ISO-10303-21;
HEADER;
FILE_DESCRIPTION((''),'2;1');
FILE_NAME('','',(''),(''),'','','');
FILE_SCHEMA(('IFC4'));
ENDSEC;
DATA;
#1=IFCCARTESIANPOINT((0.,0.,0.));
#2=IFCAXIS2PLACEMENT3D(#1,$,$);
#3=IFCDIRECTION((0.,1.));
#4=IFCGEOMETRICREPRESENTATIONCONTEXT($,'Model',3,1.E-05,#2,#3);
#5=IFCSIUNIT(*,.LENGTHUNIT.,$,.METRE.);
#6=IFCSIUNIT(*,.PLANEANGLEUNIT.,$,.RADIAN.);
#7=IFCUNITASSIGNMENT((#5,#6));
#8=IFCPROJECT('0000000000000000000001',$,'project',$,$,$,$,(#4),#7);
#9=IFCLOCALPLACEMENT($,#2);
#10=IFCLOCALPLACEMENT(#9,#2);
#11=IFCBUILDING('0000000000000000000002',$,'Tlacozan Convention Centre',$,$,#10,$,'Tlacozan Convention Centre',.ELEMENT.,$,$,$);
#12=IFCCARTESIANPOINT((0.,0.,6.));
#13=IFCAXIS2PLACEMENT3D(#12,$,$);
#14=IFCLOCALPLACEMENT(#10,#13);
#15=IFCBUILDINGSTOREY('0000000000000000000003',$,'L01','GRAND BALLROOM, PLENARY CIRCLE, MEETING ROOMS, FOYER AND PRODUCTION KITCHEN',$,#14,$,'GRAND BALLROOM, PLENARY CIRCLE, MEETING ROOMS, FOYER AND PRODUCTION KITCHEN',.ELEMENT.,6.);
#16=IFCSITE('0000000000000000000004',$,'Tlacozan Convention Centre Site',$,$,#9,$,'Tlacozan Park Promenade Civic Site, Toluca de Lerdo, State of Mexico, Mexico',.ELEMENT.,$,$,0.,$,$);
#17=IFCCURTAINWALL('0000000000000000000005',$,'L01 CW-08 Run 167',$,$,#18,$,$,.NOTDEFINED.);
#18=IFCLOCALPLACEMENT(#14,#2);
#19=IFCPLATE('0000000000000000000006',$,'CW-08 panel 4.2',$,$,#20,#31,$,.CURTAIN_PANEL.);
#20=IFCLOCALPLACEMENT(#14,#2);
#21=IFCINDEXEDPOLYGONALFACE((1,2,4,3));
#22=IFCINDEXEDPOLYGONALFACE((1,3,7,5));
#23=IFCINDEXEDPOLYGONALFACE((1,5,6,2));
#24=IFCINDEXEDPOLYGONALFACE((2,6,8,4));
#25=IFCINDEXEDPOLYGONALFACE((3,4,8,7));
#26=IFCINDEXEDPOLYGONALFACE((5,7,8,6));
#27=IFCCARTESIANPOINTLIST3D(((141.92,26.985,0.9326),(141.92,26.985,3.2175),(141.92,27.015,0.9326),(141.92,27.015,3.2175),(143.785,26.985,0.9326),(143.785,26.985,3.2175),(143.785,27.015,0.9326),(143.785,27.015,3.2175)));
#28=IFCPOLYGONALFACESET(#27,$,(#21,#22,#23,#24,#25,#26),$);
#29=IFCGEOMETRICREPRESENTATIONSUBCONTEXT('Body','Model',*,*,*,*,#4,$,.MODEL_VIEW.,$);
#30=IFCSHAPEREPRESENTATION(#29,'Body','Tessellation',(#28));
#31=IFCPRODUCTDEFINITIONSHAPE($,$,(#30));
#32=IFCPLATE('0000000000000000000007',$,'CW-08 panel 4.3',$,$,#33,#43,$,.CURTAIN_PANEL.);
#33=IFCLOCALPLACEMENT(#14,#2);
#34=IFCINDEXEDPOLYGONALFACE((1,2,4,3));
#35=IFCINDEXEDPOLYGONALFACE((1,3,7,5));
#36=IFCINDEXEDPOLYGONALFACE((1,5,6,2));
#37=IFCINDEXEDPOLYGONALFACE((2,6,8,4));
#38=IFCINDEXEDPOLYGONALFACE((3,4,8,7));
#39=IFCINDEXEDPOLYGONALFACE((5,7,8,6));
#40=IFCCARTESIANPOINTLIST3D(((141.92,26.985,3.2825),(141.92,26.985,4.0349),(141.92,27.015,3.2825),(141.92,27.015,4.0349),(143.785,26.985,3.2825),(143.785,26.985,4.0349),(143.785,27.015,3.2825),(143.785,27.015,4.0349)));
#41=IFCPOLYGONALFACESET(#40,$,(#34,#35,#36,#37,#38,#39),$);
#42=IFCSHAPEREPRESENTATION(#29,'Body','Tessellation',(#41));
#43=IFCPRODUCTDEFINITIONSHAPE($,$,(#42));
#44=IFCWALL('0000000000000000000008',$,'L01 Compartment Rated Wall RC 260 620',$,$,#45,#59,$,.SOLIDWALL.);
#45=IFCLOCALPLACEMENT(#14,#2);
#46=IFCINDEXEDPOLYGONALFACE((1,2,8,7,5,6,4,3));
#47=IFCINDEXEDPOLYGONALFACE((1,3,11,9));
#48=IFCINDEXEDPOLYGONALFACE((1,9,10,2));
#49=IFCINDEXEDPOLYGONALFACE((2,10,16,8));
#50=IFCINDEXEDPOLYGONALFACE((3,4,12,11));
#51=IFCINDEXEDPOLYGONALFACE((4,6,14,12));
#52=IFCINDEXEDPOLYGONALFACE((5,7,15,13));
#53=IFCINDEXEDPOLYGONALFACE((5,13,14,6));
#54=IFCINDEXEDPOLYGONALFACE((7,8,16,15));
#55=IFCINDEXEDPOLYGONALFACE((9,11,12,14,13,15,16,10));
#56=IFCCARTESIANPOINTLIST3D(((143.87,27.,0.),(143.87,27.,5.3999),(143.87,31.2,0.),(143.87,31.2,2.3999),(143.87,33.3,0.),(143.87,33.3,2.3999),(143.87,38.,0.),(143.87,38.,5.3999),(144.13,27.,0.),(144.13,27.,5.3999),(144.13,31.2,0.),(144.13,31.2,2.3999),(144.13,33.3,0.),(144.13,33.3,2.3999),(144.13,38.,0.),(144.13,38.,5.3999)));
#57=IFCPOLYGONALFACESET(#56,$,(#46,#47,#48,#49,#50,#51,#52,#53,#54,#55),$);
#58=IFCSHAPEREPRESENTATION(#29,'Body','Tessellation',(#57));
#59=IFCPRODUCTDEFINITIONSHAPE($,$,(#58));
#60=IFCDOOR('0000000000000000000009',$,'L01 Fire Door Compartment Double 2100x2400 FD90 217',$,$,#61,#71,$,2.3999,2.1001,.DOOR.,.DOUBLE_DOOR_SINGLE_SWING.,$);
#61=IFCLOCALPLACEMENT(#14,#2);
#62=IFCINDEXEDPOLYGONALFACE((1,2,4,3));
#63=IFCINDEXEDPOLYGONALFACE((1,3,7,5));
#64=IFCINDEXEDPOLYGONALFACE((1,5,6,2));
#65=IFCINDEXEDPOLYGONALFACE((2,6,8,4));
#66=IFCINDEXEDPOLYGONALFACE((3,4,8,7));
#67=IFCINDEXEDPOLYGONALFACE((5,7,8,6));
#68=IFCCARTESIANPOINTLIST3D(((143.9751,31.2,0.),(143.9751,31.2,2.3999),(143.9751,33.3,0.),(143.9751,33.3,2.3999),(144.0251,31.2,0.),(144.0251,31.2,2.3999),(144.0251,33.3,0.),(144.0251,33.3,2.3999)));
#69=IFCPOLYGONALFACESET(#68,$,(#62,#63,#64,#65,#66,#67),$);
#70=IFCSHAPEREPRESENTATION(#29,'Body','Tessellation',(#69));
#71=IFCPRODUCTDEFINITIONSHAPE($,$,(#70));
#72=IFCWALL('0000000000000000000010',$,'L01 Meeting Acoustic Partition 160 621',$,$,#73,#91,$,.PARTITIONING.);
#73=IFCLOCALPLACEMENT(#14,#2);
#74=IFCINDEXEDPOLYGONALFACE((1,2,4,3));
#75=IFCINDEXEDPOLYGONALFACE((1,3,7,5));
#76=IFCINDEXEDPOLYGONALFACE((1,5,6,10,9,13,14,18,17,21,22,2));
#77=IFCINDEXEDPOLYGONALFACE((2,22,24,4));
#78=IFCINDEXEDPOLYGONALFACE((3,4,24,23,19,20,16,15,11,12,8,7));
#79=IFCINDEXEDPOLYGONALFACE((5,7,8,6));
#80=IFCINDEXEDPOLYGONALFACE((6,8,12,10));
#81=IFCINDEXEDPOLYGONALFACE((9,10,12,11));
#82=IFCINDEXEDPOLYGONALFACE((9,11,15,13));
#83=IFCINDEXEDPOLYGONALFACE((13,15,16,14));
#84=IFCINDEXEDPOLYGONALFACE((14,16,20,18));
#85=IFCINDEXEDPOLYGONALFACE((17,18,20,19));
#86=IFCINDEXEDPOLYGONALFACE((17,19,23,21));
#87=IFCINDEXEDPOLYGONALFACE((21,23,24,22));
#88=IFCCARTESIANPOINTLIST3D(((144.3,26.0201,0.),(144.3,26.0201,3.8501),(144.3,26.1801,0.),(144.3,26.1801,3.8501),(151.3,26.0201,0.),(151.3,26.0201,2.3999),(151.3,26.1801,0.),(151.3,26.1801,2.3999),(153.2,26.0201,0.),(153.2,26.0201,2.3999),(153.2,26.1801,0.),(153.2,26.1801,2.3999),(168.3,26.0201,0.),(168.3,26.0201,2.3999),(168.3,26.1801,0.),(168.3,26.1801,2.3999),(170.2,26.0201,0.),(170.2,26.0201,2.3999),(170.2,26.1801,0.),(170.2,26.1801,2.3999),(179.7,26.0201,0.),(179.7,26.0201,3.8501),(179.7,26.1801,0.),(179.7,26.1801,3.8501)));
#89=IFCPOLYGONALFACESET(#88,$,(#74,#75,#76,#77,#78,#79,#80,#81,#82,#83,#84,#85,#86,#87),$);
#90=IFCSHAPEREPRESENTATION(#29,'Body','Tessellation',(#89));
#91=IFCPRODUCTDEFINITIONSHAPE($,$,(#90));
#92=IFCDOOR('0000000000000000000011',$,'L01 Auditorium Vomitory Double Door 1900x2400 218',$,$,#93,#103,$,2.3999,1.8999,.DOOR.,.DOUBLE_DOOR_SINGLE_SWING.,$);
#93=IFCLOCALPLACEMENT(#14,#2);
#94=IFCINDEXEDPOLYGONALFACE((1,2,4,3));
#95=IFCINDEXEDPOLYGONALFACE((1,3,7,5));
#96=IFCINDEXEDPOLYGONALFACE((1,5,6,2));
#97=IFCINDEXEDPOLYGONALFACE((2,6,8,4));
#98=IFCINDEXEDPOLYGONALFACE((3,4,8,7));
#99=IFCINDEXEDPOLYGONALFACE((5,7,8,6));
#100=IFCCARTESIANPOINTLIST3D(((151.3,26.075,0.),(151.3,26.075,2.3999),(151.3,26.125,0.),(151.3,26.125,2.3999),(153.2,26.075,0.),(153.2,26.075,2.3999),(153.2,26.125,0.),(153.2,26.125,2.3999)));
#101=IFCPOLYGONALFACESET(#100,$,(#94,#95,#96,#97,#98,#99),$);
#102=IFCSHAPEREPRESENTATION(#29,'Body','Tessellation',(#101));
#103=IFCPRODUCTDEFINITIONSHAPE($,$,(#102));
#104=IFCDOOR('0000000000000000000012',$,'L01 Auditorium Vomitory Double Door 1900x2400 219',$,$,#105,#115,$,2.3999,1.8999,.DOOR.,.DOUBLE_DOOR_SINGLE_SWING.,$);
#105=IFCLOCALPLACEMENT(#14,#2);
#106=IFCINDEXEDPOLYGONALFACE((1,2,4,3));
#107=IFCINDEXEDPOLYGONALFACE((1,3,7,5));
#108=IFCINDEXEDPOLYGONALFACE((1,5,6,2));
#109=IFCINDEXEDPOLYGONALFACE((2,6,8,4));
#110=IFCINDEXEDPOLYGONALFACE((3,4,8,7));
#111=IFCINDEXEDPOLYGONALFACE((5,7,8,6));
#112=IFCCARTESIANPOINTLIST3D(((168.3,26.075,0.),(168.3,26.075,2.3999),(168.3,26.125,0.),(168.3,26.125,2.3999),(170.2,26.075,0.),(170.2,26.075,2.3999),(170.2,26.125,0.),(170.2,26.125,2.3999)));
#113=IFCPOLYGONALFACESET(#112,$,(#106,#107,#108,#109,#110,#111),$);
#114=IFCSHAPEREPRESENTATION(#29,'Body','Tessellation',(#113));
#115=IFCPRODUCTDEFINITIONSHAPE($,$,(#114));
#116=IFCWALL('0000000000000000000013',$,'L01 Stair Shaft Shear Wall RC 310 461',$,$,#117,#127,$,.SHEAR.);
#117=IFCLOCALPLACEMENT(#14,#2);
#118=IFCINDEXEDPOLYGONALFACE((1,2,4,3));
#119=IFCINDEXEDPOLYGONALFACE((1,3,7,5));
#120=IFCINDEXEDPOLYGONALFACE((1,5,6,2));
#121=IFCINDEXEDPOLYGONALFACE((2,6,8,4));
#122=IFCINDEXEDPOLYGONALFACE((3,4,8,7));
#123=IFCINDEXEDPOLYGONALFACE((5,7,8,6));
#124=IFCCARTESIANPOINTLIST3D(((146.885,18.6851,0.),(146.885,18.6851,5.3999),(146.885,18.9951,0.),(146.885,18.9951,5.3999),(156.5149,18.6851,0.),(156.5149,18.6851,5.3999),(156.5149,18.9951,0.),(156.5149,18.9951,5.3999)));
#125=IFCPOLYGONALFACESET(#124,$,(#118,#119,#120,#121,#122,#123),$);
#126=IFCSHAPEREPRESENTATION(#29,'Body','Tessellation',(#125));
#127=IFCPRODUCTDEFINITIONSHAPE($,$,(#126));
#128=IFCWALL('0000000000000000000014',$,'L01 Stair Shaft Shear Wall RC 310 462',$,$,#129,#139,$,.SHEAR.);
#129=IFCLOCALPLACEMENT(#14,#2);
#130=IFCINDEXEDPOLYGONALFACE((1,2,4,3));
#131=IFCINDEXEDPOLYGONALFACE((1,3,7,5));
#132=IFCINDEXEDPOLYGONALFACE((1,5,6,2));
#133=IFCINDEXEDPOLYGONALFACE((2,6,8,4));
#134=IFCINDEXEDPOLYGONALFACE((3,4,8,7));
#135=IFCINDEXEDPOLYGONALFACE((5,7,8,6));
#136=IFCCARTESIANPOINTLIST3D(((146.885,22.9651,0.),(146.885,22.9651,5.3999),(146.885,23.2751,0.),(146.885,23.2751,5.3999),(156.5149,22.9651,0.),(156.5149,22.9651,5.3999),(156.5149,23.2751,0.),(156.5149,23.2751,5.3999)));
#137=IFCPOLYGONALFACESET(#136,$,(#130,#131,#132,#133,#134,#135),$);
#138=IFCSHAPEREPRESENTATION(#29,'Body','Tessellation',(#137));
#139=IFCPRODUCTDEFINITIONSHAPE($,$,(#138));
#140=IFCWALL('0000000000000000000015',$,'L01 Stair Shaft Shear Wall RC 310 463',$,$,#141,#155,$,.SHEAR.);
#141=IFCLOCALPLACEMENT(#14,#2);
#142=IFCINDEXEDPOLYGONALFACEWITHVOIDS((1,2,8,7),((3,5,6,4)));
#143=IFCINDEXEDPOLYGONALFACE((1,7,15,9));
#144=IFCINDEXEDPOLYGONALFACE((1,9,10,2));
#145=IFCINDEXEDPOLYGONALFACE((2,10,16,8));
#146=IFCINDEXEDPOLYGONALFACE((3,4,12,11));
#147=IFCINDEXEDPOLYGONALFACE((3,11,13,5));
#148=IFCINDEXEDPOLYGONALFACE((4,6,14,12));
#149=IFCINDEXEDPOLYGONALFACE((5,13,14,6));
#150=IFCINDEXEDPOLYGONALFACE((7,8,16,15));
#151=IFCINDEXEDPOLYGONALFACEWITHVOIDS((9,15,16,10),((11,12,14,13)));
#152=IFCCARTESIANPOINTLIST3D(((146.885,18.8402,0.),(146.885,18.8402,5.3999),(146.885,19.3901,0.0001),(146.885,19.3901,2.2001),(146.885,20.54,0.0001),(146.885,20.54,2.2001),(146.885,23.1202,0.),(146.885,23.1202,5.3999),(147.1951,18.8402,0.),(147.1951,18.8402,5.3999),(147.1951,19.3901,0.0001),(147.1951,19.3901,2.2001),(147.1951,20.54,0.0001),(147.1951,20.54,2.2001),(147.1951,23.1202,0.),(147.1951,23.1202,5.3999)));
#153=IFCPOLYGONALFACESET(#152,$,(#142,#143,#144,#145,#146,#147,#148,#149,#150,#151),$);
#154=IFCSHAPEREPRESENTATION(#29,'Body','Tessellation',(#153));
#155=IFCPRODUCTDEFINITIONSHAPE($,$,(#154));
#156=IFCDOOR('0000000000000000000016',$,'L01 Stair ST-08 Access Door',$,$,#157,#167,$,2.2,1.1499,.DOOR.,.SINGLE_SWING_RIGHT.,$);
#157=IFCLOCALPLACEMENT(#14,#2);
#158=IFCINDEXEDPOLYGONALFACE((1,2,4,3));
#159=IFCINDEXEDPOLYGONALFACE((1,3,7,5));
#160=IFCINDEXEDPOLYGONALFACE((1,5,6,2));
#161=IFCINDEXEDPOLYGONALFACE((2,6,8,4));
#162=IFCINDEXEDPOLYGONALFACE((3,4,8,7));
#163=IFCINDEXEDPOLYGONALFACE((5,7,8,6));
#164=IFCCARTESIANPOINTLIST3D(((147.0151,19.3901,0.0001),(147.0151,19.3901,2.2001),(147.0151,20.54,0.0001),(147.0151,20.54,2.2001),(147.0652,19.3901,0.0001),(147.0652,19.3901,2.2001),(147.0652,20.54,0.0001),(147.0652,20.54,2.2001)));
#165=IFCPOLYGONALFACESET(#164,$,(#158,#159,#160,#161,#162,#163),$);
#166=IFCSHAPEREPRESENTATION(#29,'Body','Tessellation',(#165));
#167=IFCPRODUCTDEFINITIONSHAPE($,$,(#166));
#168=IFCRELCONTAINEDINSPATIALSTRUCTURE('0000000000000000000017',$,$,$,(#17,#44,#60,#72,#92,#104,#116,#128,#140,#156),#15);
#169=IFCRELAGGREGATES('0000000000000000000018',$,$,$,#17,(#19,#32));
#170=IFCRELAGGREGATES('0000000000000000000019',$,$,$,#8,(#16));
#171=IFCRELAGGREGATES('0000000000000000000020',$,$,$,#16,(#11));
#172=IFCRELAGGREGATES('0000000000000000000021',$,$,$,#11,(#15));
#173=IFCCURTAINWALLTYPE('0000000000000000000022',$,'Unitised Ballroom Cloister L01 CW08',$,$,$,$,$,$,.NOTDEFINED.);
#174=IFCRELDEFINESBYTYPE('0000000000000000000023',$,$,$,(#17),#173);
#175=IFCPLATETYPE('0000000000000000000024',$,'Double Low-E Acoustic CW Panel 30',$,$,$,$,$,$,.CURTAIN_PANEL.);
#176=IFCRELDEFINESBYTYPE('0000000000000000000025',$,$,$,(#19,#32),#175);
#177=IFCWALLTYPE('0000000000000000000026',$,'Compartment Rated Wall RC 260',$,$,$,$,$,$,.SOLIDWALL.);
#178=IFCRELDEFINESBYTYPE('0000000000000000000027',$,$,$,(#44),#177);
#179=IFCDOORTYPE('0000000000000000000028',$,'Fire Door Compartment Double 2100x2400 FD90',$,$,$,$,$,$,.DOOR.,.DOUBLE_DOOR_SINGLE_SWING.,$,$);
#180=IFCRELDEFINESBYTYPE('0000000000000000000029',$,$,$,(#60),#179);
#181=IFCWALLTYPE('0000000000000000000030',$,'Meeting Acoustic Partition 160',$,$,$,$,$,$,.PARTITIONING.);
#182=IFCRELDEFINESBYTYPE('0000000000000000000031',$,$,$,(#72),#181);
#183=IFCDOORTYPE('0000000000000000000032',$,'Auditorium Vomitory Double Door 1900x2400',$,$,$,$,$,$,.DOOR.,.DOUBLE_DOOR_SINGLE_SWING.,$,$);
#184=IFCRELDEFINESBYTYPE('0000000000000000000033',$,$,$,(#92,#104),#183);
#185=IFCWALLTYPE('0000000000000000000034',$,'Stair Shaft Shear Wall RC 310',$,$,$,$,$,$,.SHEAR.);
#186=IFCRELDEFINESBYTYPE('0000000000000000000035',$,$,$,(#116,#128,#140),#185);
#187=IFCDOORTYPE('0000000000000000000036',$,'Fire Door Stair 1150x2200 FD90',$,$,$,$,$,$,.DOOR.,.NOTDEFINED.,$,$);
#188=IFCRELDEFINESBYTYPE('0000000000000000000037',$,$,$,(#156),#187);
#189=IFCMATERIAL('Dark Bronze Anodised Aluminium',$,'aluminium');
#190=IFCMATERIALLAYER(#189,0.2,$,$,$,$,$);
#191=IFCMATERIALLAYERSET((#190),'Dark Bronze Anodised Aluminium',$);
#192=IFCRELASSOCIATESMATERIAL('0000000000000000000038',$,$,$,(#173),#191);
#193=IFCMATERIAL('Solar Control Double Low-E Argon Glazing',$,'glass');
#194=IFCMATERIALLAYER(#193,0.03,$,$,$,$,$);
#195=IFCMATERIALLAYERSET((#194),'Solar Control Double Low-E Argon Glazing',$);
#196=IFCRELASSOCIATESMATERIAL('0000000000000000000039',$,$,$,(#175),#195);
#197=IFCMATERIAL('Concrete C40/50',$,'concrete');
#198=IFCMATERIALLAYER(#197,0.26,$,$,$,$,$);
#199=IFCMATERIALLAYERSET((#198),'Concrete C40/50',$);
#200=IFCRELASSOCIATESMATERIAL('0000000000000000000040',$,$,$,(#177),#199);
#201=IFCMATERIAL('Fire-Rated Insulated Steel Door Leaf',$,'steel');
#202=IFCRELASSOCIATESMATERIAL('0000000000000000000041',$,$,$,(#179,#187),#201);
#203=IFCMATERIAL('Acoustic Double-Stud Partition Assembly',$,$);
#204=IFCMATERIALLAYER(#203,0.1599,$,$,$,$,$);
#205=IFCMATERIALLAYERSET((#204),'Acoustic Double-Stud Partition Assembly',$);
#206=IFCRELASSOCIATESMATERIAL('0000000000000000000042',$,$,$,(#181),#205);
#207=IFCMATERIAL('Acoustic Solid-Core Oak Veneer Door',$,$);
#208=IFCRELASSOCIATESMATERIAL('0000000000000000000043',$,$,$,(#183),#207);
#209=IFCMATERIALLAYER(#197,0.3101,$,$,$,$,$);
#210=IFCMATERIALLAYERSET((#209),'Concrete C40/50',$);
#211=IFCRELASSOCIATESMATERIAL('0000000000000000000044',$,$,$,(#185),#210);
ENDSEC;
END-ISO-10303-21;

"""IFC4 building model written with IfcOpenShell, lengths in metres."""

from ifc_helpers import new_model, si_unit, direction, frame, frame_2d, origin, origin_2d, place, context, subcontext, project, spatial, rectangle, extrude, material, layer, layer_set, type_object, element, fill, aggregate, save


model = new_model("IFC4")

# Units and contexts
model_context = context("Model", 3, precision=1e-05, world=origin(), true_north=direction((0.0, 1.0)))
body_context = subcontext(model_context, "Body", "Model", "MODEL_VIEW")
ifc_project = project(units=[si_unit("LENGTHUNIT", "METRE"), si_unit("PLANEANGLEUNIT", "RADIAN")], contexts=[model_context])

# Site, building, storey
site_placement = place(None, origin())
site = spatial("IfcSite", under=ifc_project, at=site_placement, Name="Tlacozan Convention Centre Site", LongName="Tlacozan Park Promenade Civic Site, Toluca de Lerdo, State of Mexico, Mexico", CompositionType="ELEMENT", RefElevation=0.0)
building_placement = place(site_placement, origin())
building = spatial("IfcBuilding", under=site, at=building_placement, Name="Tlacozan Convention Centre", LongName="Tlacozan Convention Centre", CompositionType="ELEMENT")
storey_placement = place(building_placement, frame((0.0, 0.0, 6.0)))
storey = spatial("IfcBuildingStorey", under=building, at=storey_placement, Name="L01", Description="GRAND BALLROOM, PLENARY CIRCLE, MEETING ROOMS, FOYER AND PRODUCTION KITCHEN", LongName="GRAND BALLROOM, PLENARY CIRCLE, MEETING ROOMS, FOYER AND PRODUCTION KITCHEN", CompositionType="ELEMENT", Elevation=6.0)

# Shared definitions
ifc_material_1 = material(Name="Concrete C40/50", Category="concrete")

# Curtain wall
ifc_material_2 = material(Name="Dark Bronze Anodised Aluminium", Category="aluminium")
ifc_layer_1 = layer(ifc_material_2, 0.2)
ifc_layer_set_1 = layer_set([ifc_layer_1], Name="Dark Bronze Anodised Aluminium")
curtain_wall_type = type_object("IfcCurtainWallType", Name="Unitised Ballroom Cloister L01 CW08", PredefinedType="NOTDEFINED", material=ifc_layer_set_1)
curtain_wall_placement = place(storey_placement, origin())
curtain_wall = element("IfcCurtainWall", 1, at=curtain_wall_placement, inside=storey, type_object=curtain_wall_type, Name="L01 CW-08 Run 167", PredefinedType="NOTDEFINED")

# Plates
ifc_material_3 = material(Name="Solar Control Double Low-E Argon Glazing", Category="glass")
ifc_layer_2 = layer(ifc_material_3, 0.03)
ifc_layer_set_2 = layer_set([ifc_layer_2], Name="Solar Control Double Low-E Argon Glazing")
plate_type = type_object("IfcPlateType", Name="Double Low-E Acoustic CW Panel 30", PredefinedType="CURTAIN_PANEL", material=ifc_layer_set_2)
plate_1_placement = place(storey_placement, frame((142.8525, 27.0, 0.9326), z_axis=(0.0, 0.0, 1.0), x_axis=(1.0, 0.0, 0.0)))
plate_1 = element("IfcPlate", 2, at=plate_1_placement, type_object=plate_type, Name="CW-08 panel 4.2", PredefinedType="CURTAIN_PANEL", context=body_context, shape_type="SweptSolid", body=[
    extrude(rectangle(XDim=1.865, YDim=0.03, at=origin_2d()), origin(), (0.0, 0.0, 1.0), 2.2849),
])
plate_2_placement = place(storey_placement, frame((142.8525, 27.0, 3.2825), z_axis=(0.0, 0.0, 1.0), x_axis=(1.0, 0.0, 0.0)))
plate_2 = element("IfcPlate", 3, at=plate_2_placement, type_object=plate_type, Name="CW-08 panel 4.3", PredefinedType="CURTAIN_PANEL", context=body_context, shape_type="SweptSolid", body=[
    extrude(rectangle(XDim=1.865, YDim=0.03, at=origin_2d()), origin(), (0.0, 0.0, 1.0), 0.7524),
])
aggregate(curtain_wall, [plate_1, plate_2])

# Wall, opening, door
ifc_layer_3 = layer(ifc_material_1, 0.26)
ifc_layer_set_3 = layer_set([ifc_layer_3], Name="Concrete C40/50")
wall_type_1 = type_object("IfcWallType", Name="Compartment Rated Wall RC 260", PredefinedType="SOLIDWALL", material=ifc_layer_set_3)
wall_1_placement = place(storey_placement, frame((144.0, 27.0, 0.0), z_axis=(0.0, 0.0, 1.0), x_axis=(0.0, 1.0, 0.0)))
wall_1 = element("IfcWall", 4, at=wall_1_placement, inside=storey, type_object=wall_type_1, Name="L01 Compartment Rated Wall RC 260 620", PredefinedType="SOLIDWALL", context=body_context, shape_type="SweptSolid", body=[
    extrude(rectangle(XDim=11.0, YDim=0.26, at=frame_2d((5.5, 0.0))), origin(), (0.0, 0.0, 1.0), 5.3999),
])
opening_1_placement = place(wall_1_placement, frame((4.2, 0.0, 0.0)))
opening_1 = element("IfcOpeningElement", 5, at=opening_1_placement, cuts=wall_1, PredefinedType="OPENING", context=body_context, shape_type="SweptSolid", body=[
    extrude(rectangle(XDim=2.1001, YDim=2.3999, at=frame_2d((1.05, 1.2))), frame((0.0, 0.1399, 0.0), z_axis=(0.0, -1.0, 0.0), x_axis=(1.0, 0.0, 0.0)), (0.0, 0.0, 1.0), 0.28),
])
ifc_material_4 = material(Name="Fire-Rated Insulated Steel Door Leaf", Category="steel")
door_type_1 = type_object("IfcDoorType", Name="Fire Door Compartment Double 2100x2400 FD90", OperationType="DOUBLE_DOOR_SINGLE_SWING", PredefinedType="DOOR", material=ifc_material_4)
door_1_placement = place(opening_1_placement, origin())
door_1 = element("IfcDoor", 6, at=door_1_placement, inside=storey, type_object=door_type_1, Name="L01 Fire Door Compartment Double 2100x2400 FD90 217", OperationType="DOUBLE_DOOR_SINGLE_SWING", OverallHeight=2.3999, OverallWidth=2.1001, PredefinedType="DOOR", context=body_context, shape_type="SweptSolid", body=[
    extrude(rectangle(XDim=2.1001, YDim=2.3999, at=frame_2d((1.05, 1.2))), frame((0.0, 0.0249, 0.0), z_axis=(0.0, -1.0, 0.0), x_axis=(1.0, 0.0, 0.0)), (0.0, 0.0, 1.0), 0.05),
])
fill(opening_1, door_1)

# Wall, openings, doors
ifc_material_5 = material(Name="Acoustic Double-Stud Partition Assembly")
ifc_layer_4 = layer(ifc_material_5, 0.1599)
ifc_layer_set_4 = layer_set([ifc_layer_4], Name="Acoustic Double-Stud Partition Assembly")
wall_type_2 = type_object("IfcWallType", Name="Meeting Acoustic Partition 160", PredefinedType="PARTITIONING", material=ifc_layer_set_4)
wall_2_placement = place(storey_placement, frame((144.3, 26.1001, 0.0), z_axis=(0.0, 0.0, 1.0), x_axis=(1.0, 0.0, 0.0)))
wall_2 = element("IfcWall", 7, at=wall_2_placement, inside=storey, type_object=wall_type_2, Name="L01 Meeting Acoustic Partition 160 621", PredefinedType="PARTITIONING", context=body_context, shape_type="SweptSolid", body=[
    extrude(rectangle(XDim=35.3999, YDim=0.1599, at=frame_2d((17.7, 0.0))), origin(), (0.0, 0.0, 1.0), 3.8501),
])
opening_2_placement = place(wall_2_placement, frame((7.0, 0.0, 0.0)))
opening_2 = element("IfcOpeningElement", 8, at=opening_2_placement, cuts=wall_2, PredefinedType="OPENING", context=body_context, shape_type="SweptSolid", body=[
    extrude(rectangle(XDim=1.8999, YDim=2.3999, at=frame_2d((0.95, 1.2))), frame((0.0, 0.0898, 0.0), z_axis=(0.0, -1.0, 0.0), x_axis=(1.0, 0.0, 0.0)), (0.0, 0.0, 1.0), 0.1799),
])
opening_3_placement = place(wall_2_placement, frame((24.0, 0.0, 0.0)))
opening_3 = element("IfcOpeningElement", 9, at=opening_3_placement, cuts=wall_2, PredefinedType="OPENING", context=body_context, shape_type="SweptSolid", body=[
    extrude(rectangle(XDim=1.8999, YDim=2.3999, at=frame_2d((0.95, 1.2))), frame((0.0, 0.0898, 0.0), z_axis=(0.0, -1.0, 0.0), x_axis=(1.0, 0.0, 0.0)), (0.0, 0.0, 1.0), 0.1799),
])
ifc_material_6 = material(Name="Acoustic Solid-Core Oak Veneer Door")
door_type_2 = type_object("IfcDoorType", Name="Auditorium Vomitory Double Door 1900x2400", OperationType="DOUBLE_DOOR_SINGLE_SWING", PredefinedType="DOOR", material=ifc_material_6)
door_2_placement = place(opening_2_placement, origin())
door_2 = element("IfcDoor", 10, at=door_2_placement, inside=storey, type_object=door_type_2, Name="L01 Auditorium Vomitory Double Door 1900x2400 218", OperationType="DOUBLE_DOOR_SINGLE_SWING", OverallHeight=2.3999, OverallWidth=1.8999, PredefinedType="DOOR", context=body_context, shape_type="SweptSolid", body=[
    extrude(rectangle(XDim=1.8999, YDim=2.3999, at=frame_2d((0.95, 1.2))), frame((0.0, 0.0249, 0.0), z_axis=(0.0, -1.0, 0.0), x_axis=(1.0, 0.0, 0.0)), (0.0, 0.0, 1.0), 0.05),
])
fill(opening_2, door_2)
door_3_placement = place(opening_3_placement, origin())
door_3 = element("IfcDoor", 11, at=door_3_placement, inside=storey, type_object=door_type_2, Name="L01 Auditorium Vomitory Double Door 1900x2400 219", OperationType="DOUBLE_DOOR_SINGLE_SWING", OverallHeight=2.3999, OverallWidth=1.8999, PredefinedType="DOOR", context=body_context, shape_type="SweptSolid", body=[
    extrude(rectangle(XDim=1.8999, YDim=2.3999, at=frame_2d((0.95, 1.2))), frame((0.0, 0.0249, 0.0), z_axis=(0.0, -1.0, 0.0), x_axis=(1.0, 0.0, 0.0)), (0.0, 0.0, 1.0), 0.05),
])
fill(opening_3, door_3)

# Walls
ifc_layer_5 = layer(ifc_material_1, 0.3101)
ifc_layer_set_5 = layer_set([ifc_layer_5], Name="Concrete C40/50")
wall_type_3 = type_object("IfcWallType", Name="Stair Shaft Shear Wall RC 310", PredefinedType="SHEAR", material=ifc_layer_set_5)
for number, where, z_axis, x_axis, name in (
    (12, (146.885, 18.8401, 0.0), (0.0, 0.0, 1.0), (1.0, 0.0, 0.0), "L01 Stair Shaft Shear Wall RC 310 461"),
    (13, (146.885, 23.1201, 0.0), (0.0, 0.0, 1.0), (1.0, 0.0, 0.0), "L01 Stair Shaft Shear Wall RC 310 462"),
):
    element("IfcWall", number, at=place(storey_placement, frame(where, z_axis=z_axis, x_axis=x_axis)), inside=storey, type_object=wall_type_3, Name=name, PredefinedType="SHEAR", context=body_context, shape_type="SweptSolid", body=[
        extrude(rectangle(XDim=9.6299, YDim=0.3101, at=frame_2d((4.8149, 0.0))), origin(), (0.0, 0.0, 1.0), 5.3999),
    ])

# Wall, opening, door
wall_3_placement = place(storey_placement, frame((147.04, 18.8401, 0.0), z_axis=(0.0, 0.0, 1.0), x_axis=(0.0, 1.0, 0.0)))
wall_3 = element("IfcWall", 14, at=wall_3_placement, inside=storey, type_object=wall_type_3, Name="L01 Stair Shaft Shear Wall RC 310 463", PredefinedType="SHEAR", context=body_context, shape_type="SweptSolid", body=[
    extrude(rectangle(XDim=4.28, YDim=0.3101, at=frame_2d((2.1401, 0.0))), origin(), (0.0, 0.0, 1.0), 5.3999),
])
opening_4_placement = place(wall_3_placement, frame((0.55, 0.0, 0.0)))
opening_4 = element("IfcOpeningElement", 15, at=opening_4_placement, cuts=wall_3, PredefinedType="OPENING", context=body_context, shape_type="SweptSolid", body=[
    extrude(rectangle(XDim=1.1499, YDim=2.2, at=frame_2d((0.575, 1.1001))), frame((0.0, 0.165, 0.0), z_axis=(0.0, -1.0, 0.0), x_axis=(1.0, 0.0, 0.0)), (0.0, 0.0, 1.0), 0.3301),
])
door_type_3 = type_object("IfcDoorType", Name="Fire Door Stair 1150x2200 FD90", OperationType="NOTDEFINED", PredefinedType="DOOR", material=ifc_material_4)
door_4_placement = place(opening_4_placement, origin())
door_4 = element("IfcDoor", 16, at=door_4_placement, inside=storey, type_object=door_type_3, Name="L01 Stair ST-08 Access Door", OperationType="SINGLE_SWING_RIGHT", OverallHeight=2.2, OverallWidth=1.1499, PredefinedType="DOOR", context=body_context, shape_type="SweptSolid", body=[
    extrude(rectangle(XDim=1.1499, YDim=2.2, at=frame_2d((0.575, 1.1001))), frame((0.0, 0.0249, 0.0), z_axis=(0.0, -1.0, 0.0), x_axis=(1.0, 0.0, 0.0)), (0.0, 0.0, 1.0), 0.05),
])
fill(opening_4, door_4)

save(model, "model.ifc")
